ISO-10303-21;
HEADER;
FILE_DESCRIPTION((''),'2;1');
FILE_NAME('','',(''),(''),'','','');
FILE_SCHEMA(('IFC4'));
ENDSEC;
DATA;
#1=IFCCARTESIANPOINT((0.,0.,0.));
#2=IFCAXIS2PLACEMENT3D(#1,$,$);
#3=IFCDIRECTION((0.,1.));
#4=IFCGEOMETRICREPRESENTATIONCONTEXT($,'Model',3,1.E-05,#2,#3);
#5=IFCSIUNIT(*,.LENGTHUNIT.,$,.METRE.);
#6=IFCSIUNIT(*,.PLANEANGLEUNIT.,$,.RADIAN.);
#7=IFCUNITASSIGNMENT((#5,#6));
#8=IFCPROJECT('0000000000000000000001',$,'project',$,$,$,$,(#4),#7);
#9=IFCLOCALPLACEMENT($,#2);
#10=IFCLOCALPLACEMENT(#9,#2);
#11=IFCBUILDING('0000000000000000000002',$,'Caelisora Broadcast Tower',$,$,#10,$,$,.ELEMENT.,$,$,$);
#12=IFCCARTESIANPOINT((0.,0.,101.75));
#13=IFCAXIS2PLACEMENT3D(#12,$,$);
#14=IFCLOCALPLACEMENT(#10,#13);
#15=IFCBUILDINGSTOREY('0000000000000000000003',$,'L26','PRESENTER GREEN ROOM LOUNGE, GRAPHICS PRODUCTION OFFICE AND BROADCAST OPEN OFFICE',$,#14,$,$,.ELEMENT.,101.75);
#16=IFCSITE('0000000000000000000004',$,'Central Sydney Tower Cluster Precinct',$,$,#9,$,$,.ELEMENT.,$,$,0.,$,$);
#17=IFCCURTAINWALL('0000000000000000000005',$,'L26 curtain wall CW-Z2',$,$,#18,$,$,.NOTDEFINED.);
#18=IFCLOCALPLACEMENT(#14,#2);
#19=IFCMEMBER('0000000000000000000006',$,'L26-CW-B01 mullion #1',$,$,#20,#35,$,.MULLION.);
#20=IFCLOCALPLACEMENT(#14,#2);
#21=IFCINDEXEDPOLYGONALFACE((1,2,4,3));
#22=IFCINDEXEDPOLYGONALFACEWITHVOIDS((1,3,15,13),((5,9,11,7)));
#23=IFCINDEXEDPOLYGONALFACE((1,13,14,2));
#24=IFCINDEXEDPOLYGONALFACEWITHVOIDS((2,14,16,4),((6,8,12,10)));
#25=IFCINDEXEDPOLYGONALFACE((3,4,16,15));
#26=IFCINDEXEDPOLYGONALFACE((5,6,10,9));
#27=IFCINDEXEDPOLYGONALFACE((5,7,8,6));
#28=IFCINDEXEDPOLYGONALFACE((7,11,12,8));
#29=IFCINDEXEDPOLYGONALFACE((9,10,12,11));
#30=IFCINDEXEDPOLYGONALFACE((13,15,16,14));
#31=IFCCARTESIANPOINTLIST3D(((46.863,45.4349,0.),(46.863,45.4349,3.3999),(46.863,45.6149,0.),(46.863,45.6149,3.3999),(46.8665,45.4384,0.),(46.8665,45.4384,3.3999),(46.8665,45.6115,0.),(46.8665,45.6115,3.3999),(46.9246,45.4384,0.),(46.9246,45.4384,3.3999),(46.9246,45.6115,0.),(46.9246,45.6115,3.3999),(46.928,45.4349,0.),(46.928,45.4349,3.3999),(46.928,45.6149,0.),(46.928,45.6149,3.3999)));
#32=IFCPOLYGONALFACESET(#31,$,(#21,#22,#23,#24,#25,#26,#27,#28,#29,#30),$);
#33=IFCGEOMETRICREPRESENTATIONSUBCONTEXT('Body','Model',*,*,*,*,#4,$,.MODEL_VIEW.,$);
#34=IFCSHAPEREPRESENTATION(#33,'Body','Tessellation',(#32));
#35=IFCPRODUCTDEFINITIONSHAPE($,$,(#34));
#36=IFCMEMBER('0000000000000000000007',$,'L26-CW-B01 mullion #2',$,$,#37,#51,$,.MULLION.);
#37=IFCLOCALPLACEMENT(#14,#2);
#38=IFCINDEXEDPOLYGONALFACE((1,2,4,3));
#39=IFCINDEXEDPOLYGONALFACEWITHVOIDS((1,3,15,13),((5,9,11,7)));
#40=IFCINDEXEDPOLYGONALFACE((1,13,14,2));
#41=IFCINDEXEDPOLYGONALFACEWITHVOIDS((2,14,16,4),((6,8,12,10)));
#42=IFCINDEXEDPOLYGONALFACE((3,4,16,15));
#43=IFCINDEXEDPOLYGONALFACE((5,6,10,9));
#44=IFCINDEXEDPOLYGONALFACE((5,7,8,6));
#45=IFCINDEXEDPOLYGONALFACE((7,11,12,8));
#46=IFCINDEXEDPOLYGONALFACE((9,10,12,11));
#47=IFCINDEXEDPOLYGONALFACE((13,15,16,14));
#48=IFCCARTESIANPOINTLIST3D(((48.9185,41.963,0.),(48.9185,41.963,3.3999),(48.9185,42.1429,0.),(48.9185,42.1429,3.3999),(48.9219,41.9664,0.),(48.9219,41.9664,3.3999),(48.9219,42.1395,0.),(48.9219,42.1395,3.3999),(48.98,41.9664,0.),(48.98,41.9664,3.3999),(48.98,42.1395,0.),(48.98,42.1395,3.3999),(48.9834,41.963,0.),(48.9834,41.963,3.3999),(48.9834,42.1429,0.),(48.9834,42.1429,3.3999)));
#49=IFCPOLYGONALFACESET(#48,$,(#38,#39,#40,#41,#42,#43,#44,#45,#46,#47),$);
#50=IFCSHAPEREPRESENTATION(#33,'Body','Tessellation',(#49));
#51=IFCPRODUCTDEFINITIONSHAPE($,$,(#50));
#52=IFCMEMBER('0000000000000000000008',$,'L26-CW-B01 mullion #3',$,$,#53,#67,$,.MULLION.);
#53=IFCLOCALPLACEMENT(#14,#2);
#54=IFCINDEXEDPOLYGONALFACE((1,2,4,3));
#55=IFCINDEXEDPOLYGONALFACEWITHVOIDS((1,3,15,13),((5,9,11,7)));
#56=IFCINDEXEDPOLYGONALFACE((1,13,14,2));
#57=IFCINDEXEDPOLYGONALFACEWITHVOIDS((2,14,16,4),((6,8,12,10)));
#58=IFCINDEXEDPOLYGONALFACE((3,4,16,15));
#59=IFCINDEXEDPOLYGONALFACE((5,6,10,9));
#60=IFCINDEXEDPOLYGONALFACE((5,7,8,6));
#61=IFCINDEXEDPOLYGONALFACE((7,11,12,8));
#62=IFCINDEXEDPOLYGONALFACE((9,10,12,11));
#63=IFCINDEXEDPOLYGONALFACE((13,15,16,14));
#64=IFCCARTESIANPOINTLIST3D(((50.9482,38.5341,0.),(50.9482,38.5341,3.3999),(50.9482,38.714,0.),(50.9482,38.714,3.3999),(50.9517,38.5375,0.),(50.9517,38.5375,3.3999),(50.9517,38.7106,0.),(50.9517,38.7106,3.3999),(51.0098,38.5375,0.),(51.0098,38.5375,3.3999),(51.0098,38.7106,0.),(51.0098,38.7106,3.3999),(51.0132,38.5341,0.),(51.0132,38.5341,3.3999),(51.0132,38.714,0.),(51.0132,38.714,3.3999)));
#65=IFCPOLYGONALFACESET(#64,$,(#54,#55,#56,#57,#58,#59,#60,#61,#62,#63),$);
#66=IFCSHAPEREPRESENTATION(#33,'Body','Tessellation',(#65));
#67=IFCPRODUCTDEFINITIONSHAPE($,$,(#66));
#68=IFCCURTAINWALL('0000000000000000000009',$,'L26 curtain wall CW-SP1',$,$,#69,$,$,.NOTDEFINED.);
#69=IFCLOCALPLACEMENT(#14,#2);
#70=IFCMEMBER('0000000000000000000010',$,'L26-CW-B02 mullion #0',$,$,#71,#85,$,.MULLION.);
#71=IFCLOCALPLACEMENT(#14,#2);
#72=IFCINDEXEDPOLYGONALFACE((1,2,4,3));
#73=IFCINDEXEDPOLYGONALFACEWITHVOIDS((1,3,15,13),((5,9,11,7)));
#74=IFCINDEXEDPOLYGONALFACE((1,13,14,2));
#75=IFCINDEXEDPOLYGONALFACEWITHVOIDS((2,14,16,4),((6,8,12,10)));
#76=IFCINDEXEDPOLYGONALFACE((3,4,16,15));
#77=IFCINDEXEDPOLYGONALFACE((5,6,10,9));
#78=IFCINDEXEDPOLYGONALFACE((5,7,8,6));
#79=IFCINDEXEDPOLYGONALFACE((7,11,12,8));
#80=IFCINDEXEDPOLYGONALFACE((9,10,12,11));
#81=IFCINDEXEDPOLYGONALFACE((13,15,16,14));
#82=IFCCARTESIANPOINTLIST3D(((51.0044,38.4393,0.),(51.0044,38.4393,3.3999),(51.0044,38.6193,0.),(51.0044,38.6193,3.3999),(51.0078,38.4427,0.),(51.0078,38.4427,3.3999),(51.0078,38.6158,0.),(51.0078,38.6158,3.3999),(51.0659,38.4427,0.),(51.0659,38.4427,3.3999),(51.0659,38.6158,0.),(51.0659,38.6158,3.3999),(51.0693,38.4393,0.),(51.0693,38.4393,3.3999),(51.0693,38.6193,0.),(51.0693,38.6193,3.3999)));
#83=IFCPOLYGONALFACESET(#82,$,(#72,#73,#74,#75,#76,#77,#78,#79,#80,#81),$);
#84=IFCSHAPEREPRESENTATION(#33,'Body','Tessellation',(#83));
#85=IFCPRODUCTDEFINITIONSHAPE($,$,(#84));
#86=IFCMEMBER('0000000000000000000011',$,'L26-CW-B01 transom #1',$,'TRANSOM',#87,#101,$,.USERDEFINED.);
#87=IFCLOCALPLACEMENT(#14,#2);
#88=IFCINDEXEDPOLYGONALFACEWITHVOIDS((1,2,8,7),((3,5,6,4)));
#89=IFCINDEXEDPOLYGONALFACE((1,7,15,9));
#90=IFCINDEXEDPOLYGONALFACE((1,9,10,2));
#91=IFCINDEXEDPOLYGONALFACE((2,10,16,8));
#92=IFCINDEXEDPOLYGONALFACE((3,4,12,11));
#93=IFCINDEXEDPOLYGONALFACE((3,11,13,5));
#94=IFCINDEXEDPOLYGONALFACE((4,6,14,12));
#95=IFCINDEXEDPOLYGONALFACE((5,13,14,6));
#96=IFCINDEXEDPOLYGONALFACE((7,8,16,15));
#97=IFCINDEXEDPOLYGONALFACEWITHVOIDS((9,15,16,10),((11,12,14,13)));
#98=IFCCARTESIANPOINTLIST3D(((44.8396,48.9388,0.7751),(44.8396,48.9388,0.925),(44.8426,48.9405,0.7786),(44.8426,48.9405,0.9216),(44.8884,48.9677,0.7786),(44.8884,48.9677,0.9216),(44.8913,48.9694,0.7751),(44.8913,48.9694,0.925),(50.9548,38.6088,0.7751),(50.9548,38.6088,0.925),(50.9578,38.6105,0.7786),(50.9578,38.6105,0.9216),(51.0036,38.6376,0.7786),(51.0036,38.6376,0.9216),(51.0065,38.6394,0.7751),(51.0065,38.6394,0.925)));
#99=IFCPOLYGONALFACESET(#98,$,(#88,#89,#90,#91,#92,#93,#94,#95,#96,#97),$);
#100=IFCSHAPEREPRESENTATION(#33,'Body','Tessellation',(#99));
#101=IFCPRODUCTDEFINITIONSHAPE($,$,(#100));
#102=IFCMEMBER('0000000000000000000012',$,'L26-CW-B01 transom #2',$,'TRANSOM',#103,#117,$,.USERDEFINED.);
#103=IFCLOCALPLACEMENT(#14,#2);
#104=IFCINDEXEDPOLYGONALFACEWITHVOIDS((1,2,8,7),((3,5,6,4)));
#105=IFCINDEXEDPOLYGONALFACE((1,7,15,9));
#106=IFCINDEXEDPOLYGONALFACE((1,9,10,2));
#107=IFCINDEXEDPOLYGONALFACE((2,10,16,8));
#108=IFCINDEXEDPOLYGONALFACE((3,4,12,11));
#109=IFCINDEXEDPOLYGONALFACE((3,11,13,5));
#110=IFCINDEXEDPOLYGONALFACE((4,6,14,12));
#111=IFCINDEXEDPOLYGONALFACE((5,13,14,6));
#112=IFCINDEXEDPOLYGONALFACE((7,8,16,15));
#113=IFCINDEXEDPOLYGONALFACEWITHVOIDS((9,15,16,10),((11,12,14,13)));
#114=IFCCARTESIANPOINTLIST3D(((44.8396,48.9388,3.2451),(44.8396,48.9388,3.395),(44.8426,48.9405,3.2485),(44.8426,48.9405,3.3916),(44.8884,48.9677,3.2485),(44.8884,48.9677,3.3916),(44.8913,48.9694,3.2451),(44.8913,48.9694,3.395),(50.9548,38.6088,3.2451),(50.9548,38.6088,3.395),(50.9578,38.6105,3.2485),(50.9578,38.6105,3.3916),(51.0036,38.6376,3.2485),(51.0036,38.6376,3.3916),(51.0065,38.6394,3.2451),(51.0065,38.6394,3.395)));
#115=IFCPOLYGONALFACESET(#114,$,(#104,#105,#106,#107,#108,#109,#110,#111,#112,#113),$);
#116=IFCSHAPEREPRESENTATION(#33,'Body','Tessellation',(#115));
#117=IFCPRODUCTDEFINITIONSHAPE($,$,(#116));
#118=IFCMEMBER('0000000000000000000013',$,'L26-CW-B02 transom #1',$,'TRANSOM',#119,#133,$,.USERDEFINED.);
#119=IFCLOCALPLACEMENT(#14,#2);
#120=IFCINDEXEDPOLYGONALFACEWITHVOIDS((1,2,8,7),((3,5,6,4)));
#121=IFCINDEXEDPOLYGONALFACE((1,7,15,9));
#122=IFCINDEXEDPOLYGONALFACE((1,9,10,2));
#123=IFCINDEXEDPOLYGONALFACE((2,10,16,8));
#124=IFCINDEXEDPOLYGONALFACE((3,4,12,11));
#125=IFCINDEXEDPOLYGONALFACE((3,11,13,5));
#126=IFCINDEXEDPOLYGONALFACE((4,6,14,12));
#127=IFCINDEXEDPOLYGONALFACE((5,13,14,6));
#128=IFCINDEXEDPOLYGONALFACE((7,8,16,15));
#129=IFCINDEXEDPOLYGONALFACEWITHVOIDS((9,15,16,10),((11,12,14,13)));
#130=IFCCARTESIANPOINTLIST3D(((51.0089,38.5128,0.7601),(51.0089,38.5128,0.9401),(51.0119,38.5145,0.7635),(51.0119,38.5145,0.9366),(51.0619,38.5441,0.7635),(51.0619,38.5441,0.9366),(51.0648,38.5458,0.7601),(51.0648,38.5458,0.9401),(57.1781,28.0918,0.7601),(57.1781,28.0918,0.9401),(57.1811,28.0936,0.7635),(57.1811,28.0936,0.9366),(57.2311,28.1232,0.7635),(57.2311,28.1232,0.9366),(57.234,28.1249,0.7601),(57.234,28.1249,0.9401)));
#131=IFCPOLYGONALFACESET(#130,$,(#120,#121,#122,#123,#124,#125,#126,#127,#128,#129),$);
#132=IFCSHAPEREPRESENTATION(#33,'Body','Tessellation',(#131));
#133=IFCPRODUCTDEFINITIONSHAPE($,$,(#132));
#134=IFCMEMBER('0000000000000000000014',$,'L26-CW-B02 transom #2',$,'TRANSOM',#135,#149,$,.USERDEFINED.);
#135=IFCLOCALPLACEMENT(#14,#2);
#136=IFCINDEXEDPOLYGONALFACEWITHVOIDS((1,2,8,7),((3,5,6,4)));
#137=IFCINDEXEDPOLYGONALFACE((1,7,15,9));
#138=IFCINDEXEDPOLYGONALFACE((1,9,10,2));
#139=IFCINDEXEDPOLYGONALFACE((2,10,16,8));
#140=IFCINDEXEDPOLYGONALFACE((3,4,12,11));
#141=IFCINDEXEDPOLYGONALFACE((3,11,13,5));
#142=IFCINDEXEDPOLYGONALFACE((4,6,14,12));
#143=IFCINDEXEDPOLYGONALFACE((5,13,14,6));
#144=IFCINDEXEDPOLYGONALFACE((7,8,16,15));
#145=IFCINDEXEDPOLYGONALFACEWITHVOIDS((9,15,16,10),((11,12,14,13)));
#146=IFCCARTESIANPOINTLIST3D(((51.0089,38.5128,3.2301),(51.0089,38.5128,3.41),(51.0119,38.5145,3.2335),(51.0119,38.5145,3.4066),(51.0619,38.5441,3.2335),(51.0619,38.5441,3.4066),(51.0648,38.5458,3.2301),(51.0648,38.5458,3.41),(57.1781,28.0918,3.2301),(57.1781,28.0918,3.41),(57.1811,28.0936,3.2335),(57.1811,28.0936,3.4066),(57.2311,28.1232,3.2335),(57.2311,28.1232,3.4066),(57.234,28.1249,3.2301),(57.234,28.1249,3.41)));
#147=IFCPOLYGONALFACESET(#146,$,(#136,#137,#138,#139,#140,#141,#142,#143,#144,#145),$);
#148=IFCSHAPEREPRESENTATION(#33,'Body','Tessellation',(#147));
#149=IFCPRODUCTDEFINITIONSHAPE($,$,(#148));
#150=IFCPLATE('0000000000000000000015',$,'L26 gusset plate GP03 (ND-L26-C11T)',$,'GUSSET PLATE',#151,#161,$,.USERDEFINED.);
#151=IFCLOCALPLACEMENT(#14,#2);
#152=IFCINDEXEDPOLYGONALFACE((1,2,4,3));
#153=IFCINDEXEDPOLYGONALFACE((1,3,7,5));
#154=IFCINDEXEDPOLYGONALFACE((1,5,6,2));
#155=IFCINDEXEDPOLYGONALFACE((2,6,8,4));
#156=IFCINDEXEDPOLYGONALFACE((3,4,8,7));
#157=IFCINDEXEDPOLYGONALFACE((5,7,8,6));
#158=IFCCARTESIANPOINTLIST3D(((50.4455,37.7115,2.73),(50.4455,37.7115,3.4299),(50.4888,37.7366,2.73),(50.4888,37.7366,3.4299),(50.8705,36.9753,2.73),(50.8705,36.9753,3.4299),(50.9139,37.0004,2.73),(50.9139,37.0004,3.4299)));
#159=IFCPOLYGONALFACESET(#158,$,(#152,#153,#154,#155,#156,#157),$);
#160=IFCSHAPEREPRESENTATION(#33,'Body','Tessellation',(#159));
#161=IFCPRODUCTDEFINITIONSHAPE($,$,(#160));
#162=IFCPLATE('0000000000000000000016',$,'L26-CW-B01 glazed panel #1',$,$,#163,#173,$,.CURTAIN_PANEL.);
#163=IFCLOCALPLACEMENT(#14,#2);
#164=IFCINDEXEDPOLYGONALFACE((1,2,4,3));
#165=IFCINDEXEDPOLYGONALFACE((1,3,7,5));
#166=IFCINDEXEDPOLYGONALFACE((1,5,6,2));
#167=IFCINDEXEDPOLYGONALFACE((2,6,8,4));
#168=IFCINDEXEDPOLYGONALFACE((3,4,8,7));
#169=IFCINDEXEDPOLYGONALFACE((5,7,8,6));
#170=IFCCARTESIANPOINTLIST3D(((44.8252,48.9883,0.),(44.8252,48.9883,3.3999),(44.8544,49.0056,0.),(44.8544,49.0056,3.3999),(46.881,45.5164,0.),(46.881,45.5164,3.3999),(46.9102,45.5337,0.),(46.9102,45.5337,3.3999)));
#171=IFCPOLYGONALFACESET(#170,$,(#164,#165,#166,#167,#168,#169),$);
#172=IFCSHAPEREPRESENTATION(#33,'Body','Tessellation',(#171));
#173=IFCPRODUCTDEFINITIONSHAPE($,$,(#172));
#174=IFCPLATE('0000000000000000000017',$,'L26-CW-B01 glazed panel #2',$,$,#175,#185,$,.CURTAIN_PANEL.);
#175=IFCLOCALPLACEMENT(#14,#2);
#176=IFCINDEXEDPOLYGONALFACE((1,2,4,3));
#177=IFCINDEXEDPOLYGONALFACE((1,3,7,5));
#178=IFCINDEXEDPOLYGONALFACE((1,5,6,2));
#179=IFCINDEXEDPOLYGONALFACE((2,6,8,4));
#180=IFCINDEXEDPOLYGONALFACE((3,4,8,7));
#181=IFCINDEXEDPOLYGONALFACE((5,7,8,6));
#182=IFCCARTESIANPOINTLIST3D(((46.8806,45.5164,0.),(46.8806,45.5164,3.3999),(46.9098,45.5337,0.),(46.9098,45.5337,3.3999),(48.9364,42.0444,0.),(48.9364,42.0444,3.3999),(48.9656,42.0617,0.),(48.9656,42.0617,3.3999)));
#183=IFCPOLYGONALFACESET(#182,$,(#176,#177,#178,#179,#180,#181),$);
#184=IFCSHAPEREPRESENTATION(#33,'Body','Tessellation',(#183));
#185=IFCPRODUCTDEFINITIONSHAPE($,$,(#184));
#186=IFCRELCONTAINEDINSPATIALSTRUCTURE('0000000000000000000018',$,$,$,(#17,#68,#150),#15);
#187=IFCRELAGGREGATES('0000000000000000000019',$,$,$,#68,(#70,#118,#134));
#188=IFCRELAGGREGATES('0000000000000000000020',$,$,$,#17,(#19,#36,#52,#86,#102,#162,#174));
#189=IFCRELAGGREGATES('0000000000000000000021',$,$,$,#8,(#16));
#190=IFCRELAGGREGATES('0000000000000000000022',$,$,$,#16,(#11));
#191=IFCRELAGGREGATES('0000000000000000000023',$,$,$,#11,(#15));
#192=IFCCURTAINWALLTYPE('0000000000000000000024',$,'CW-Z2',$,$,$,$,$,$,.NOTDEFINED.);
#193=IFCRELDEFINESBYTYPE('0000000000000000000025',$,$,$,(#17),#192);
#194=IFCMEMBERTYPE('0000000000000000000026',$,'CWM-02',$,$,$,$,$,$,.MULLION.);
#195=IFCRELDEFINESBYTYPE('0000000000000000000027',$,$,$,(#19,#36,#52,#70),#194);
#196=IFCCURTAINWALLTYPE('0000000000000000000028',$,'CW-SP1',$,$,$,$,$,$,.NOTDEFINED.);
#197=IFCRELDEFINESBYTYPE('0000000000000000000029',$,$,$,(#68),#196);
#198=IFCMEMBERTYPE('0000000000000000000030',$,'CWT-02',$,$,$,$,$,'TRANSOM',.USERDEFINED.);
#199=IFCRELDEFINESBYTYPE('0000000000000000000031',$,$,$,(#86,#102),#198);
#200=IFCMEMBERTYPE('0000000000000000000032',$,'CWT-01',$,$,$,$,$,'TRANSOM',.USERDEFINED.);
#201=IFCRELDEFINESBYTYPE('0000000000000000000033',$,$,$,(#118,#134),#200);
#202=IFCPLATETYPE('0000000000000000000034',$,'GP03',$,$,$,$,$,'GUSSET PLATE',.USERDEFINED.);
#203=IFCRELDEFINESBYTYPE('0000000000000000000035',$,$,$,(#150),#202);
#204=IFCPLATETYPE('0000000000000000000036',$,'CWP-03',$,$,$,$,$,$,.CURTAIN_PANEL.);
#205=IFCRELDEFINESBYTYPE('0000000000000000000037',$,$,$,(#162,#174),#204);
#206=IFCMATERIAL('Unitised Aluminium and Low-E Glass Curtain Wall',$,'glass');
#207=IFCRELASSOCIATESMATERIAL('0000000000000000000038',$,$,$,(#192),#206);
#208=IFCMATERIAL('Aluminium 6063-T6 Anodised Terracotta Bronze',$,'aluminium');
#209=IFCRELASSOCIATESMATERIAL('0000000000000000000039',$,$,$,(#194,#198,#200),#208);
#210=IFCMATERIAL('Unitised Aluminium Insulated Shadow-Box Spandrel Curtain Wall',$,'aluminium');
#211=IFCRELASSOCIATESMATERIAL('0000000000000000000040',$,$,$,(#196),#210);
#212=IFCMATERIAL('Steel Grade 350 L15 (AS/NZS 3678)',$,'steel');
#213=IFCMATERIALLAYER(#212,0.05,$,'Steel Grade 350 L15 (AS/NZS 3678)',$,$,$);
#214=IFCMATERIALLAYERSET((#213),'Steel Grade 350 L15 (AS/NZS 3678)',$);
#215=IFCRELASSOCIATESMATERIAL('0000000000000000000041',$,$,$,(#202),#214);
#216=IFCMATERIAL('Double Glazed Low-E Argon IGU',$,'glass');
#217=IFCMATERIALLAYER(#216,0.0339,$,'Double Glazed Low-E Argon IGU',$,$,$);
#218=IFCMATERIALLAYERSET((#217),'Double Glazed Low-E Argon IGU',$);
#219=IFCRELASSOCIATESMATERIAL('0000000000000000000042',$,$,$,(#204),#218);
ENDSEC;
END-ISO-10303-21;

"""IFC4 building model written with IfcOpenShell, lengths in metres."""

from ifc_helpers import new_model, si_unit, direction, frame, origin, origin_2d, place, context, subcontext, project, spatial, rectangle, hollow_rectangle, extrude, source, transform, mapped, material, layer, layer_set, material_profile, profile_set, type_object, type_shapes, element, aggregate, save


model = new_model("IFC4")

# Units and contexts
model_context = context("Model", 3, precision=1e-05, world=origin(), true_north=direction((0.0, 1.0)))
body_context = subcontext(model_context, "Body", "Model", "MODEL_VIEW")
ifc_project = project(units=[si_unit("LENGTHUNIT", "METRE"), si_unit("PLANEANGLEUNIT", "RADIAN")], contexts=[model_context])

# Site, building, storey
site_placement = place(None, origin())
site = spatial("IfcSite", under=ifc_project, at=site_placement, Name="Central Sydney Tower Cluster Precinct", CompositionType="ELEMENT", RefElevation=0.0)
building_placement = place(site_placement, origin())
building = spatial("IfcBuilding", under=site, at=building_placement, Name="Caelisora Broadcast Tower", CompositionType="ELEMENT")
storey_placement = place(building_placement, frame((0.0, 0.0, 101.75)))
storey = spatial("IfcBuildingStorey", under=building, at=storey_placement, Name="L26", Description="PRESENTER GREEN ROOM LOUNGE, GRAPHICS PRODUCTION OFFICE AND BROADCAST OPEN OFFICE", CompositionType="ELEMENT", Elevation=101.75)

# Shared definitions
ifc_material_1 = material(Name="Steel Grade 350 L15 (AS/NZS 3678)", Category="steel")

# Curtain wall, members
ifc_material_2 = material(Name="Unitised Aluminium and Low-E Glass Curtain Wall", Category="glass")
curtain_wall_type_1 = type_object("IfcCurtainWallType", Name="CW-Z2", PredefinedType="NOTDEFINED", material=ifc_material_2)
curtain_wall_1_placement = place(storey_placement, origin())
curtain_wall_1 = element("IfcCurtainWall", 1, at=curtain_wall_1_placement, inside=storey, type_object=curtain_wall_type_1, Name="L26 curtain wall CW-Z2", PredefinedType="NOTDEFINED")
ifc_material_3 = material(Name="Aluminium 6063-T6 Anodised Terracotta Bronze", Category="aluminium")
ifc_material_profile_1 = material_profile(ifc_material_3, hollow_rectangle(XDim=0.0649, YDim=0.1799, WallThickness=0.0034, at=origin_2d()), Name="Aluminium 6063-T6 Anodised Terracotta Bronze")
ifc_profile_set_1 = profile_set([ifc_material_profile_1], Name="Aluminium 6063-T6 Anodised Terracotta Bronze")
member_type_1 = type_object("IfcMemberType", Name="CWM-02", PredefinedType="MULLION", material=ifc_profile_set_1)
shared_shape_1 = source(origin(), body_context, "Body", "SweptSolid", [
    extrude(hollow_rectangle(XDim=0.0649, YDim=0.1799, WallThickness=0.0034, at=origin_2d()), origin(), (0.0, 0.0, 1.0), 3.3999),
])
type_shapes(member_type_1, [shared_shape_1])
member_1_placement = place(storey_placement, frame((46.8955, 45.5249, 0.0), z_axis=(0.0, 0.0, 1.0), x_axis=(1.0, 0.0, 0.0)))
member_1 = element("IfcMember", 2, at=member_1_placement, type_object=member_type_1, Name="L26-CW-B01 mullion #1", PredefinedType="MULLION", context=body_context, shape_type="MappedRepresentation", body=[
    mapped(shared_shape_1, transform((0.0, 0.0, 0.0), scale=1.0)),
])
member_2_placement = place(storey_placement, frame((48.9509, 42.053, 0.0), z_axis=(0.0, 0.0, 1.0), x_axis=(1.0, 0.0, 0.0)))
member_2 = element("IfcMember", 3, at=member_2_placement, type_object=member_type_1, Name="L26-CW-B01 mullion #2", PredefinedType="MULLION", context=body_context, shape_type="MappedRepresentation", body=[
    mapped(shared_shape_1, transform((0.0, 0.0, 0.0), scale=1.0)),
])
member_3_placement = place(storey_placement, frame((50.9807, 38.624, 0.0), z_axis=(0.0, 0.0, 1.0), x_axis=(1.0, 0.0, 0.0)))
member_3 = element("IfcMember", 4, at=member_3_placement, type_object=member_type_1, Name="L26-CW-B01 mullion #3", PredefinedType="MULLION", context=body_context, shape_type="MappedRepresentation", body=[
    mapped(shared_shape_1, transform((0.0, 0.0, 0.0), scale=1.0)),
])

# Curtain wall, member
ifc_material_4 = material(Name="Unitised Aluminium Insulated Shadow-Box Spandrel Curtain Wall", Category="aluminium")
curtain_wall_type_2 = type_object("IfcCurtainWallType", Name="CW-SP1", PredefinedType="NOTDEFINED", material=ifc_material_4)
curtain_wall_2_placement = place(storey_placement, origin())
curtain_wall_2 = element("IfcCurtainWall", 5, at=curtain_wall_2_placement, inside=storey, type_object=curtain_wall_type_2, Name="L26 curtain wall CW-SP1", PredefinedType="NOTDEFINED")
member_4_placement = place(storey_placement, frame((51.0369, 38.5293, 0.0), z_axis=(0.0, 0.0, 1.0), x_axis=(1.0, 0.0, 0.0)))
member_4 = element("IfcMember", 6, at=member_4_placement, type_object=member_type_1, Name="L26-CW-B02 mullion #0", PredefinedType="MULLION", context=body_context, shape_type="MappedRepresentation", body=[
    mapped(shared_shape_1, transform((0.0, 0.0, 0.0), scale=1.0)),
])

# Members
ifc_material_profile_2 = material_profile(ifc_material_3, hollow_rectangle(XDim=0.0601, YDim=0.1499, WallThickness=0.0034, at=origin_2d()), Name="Aluminium 6063-T6 Anodised Terracotta Bronze")
ifc_profile_set_2 = profile_set([ifc_material_profile_2], Name="Aluminium 6063-T6 Anodised Terracotta Bronze")
member_type_2 = type_object("IfcMemberType", Name="CWT-02", ElementType="TRANSOM", PredefinedType="USERDEFINED", material=ifc_profile_set_2)
shared_shape_2 = source(origin(), body_context, "Body", "SweptSolid", [
    extrude(hollow_rectangle(XDim=0.0601, YDim=0.1499, WallThickness=0.0034, at=origin_2d()), origin(), (0.0, 0.0, 1.0), 12.0044),
])
type_shapes(member_type_2, [shared_shape_2])
member_5_placement = place(storey_placement, frame((44.8655, 48.9541, 0.8501), z_axis=(0.509414, -0.860521, 0.0), x_axis=(0.860521, 0.509414, 0.0)))
member_5 = element("IfcMember", 7, at=member_5_placement, type_object=member_type_2, Name="L26-CW-B01 transom #1", ObjectType="TRANSOM", PredefinedType="USERDEFINED", context=body_context, shape_type="MappedRepresentation", body=[
    mapped(shared_shape_2, transform((0.0, 0.0, 0.0), scale=1.0)),
])
member_6_placement = place(storey_placement, frame((44.8655, 48.9541, 3.3201), z_axis=(0.509414, -0.860521, 0.0), x_axis=(0.860521, 0.509414, 0.0)))
member_6 = element("IfcMember", 8, at=member_6_placement, type_object=member_type_2, Name="L26-CW-B01 transom #2", ObjectType="TRANSOM", PredefinedType="USERDEFINED", context=body_context, shape_type="MappedRepresentation", body=[
    mapped(shared_shape_2, transform((0.0, 0.0, 0.0), scale=1.0)),
])
ifc_material_profile_3 = material_profile(ifc_material_3, hollow_rectangle(XDim=0.0649, YDim=0.1799, WallThickness=0.0034, at=origin_2d()), Name="Aluminium 6063-T6 Anodised Terracotta Bronze")
ifc_profile_set_3 = profile_set([ifc_material_profile_3], Name="Aluminium 6063-T6 Anodised Terracotta Bronze")
member_type_3 = type_object("IfcMemberType", Name="CWT-01", ElementType="TRANSOM", PredefinedType="USERDEFINED", material=ifc_profile_set_3)
shared_shape_3 = source(origin(), body_context, "Body", "SweptSolid", [
    extrude(hollow_rectangle(XDim=0.0649, YDim=0.1799, WallThickness=0.0034, at=origin_2d()), origin(), (0.0, 0.0, 1.0), 12.1101),
])
type_shapes(member_type_3, [shared_shape_3])
member_7_placement = place(storey_placement, frame((51.0369, 38.5293, 0.8501), z_axis=(0.509426, -0.860514, 0.0), x_axis=(0.860514, 0.509426, 0.0)))
member_7 = element("IfcMember", 9, at=member_7_placement, type_object=member_type_3, Name="L26-CW-B02 transom #1", ObjectType="TRANSOM", PredefinedType="USERDEFINED", context=body_context, shape_type="MappedRepresentation", body=[
    mapped(shared_shape_3, transform((0.0, 0.0, 0.0), scale=1.0)),
])
member_8_placement = place(storey_placement, frame((51.0369, 38.5293, 3.3201), z_axis=(0.509426, -0.860514, 0.0), x_axis=(0.860514, 0.509426, 0.0)))
member_8 = element("IfcMember", 10, at=member_8_placement, type_object=member_type_3, Name="L26-CW-B02 transom #2", ObjectType="TRANSOM", PredefinedType="USERDEFINED", context=body_context, shape_type="MappedRepresentation", body=[
    mapped(shared_shape_3, transform((0.0, 0.0, 0.0), scale=1.0)),
])
aggregate(curtain_wall_2, [member_4, member_7, member_8])

# Plates
ifc_layer_1 = layer(ifc_material_1, 0.05, Name="Steel Grade 350 L15 (AS/NZS 3678)")
ifc_layer_set_1 = layer_set([ifc_layer_1], Name="Steel Grade 350 L15 (AS/NZS 3678)")
plate_type_1 = type_object("IfcPlateType", Name="GP03", ElementType="GUSSET PLATE", PredefinedType="USERDEFINED", material=ifc_layer_set_1)
shared_shape_4 = source(origin(), body_context, "Body", "SweptSolid", [
    extrude(rectangle(XDim=0.8501, YDim=0.05, at=origin_2d()), origin(), (0.0, 0.0, 1.0), 0.7),
])
type_shapes(plate_type_1, [shared_shape_4])
plate_1_placement = place(storey_placement, frame((50.6797, 37.356, 2.73), z_axis=(0.0, 0.0, 1.0), x_axis=(-0.5, 0.866025, 0.0)))
element("IfcPlate", 11, at=plate_1_placement, inside=storey, type_object=plate_type_1, Name="L26 gusset plate GP03 (ND-L26-C11T)", ObjectType="GUSSET PLATE", PredefinedType="USERDEFINED", context=body_context, shape_type="MappedRepresentation", body=[
    mapped(shared_shape_4, transform((0.0, 0.0, 0.0), scale=1.0)),
])
ifc_material_5 = material(Name="Double Glazed Low-E Argon IGU", Category="glass")
ifc_layer_2 = layer(ifc_material_5, 0.0339, Name="Double Glazed Low-E Argon IGU")
ifc_layer_set_2 = layer_set([ifc_layer_2], Name="Double Glazed Low-E Argon IGU")
plate_type_2 = type_object("IfcPlateType", Name="CWP-03", PredefinedType="CURTAIN_PANEL", material=ifc_layer_set_2)
shared_shape_5 = source(origin(), body_context, "Body", "SweptSolid", [
    extrude(rectangle(XDim=4.0349, YDim=0.0339, at=origin_2d()), origin(), (0.0, 0.0, 1.0), 3.3999),
])
type_shapes(plate_type_2, [shared_shape_5])
plate_2_placement = place(storey_placement, frame((45.8677, 47.261, 0.0), z_axis=(0.0, 0.0, 1.0), x_axis=(0.509492, -0.860475, 0.0)))
plate_2 = element("IfcPlate", 12, at=plate_2_placement, type_object=plate_type_2, Name="L26-CW-B01 glazed panel #1", PredefinedType="CURTAIN_PANEL", context=body_context, shape_type="MappedRepresentation", body=[
    mapped(shared_shape_5, transform((0.0, 0.0, 0.0), scale=1.0)),
])
plate_3_placement = place(storey_placement, frame((47.9231, 43.7891, 0.0), z_axis=(0.0, 0.0, 1.0), x_axis=(0.509492, -0.860475, 0.0)))
plate_3 = element("IfcPlate", 13, at=plate_3_placement, type_object=plate_type_2, Name="L26-CW-B01 glazed panel #2", PredefinedType="CURTAIN_PANEL", context=body_context, shape_type="MappedRepresentation", body=[
    mapped(shared_shape_5, transform((0.0, 0.0, 0.0), scale=1.0)),
])
aggregate(curtain_wall_1, [member_1, member_2, member_3, member_5, member_6, plate_2, plate_3])

save(model, "model.ifc")
